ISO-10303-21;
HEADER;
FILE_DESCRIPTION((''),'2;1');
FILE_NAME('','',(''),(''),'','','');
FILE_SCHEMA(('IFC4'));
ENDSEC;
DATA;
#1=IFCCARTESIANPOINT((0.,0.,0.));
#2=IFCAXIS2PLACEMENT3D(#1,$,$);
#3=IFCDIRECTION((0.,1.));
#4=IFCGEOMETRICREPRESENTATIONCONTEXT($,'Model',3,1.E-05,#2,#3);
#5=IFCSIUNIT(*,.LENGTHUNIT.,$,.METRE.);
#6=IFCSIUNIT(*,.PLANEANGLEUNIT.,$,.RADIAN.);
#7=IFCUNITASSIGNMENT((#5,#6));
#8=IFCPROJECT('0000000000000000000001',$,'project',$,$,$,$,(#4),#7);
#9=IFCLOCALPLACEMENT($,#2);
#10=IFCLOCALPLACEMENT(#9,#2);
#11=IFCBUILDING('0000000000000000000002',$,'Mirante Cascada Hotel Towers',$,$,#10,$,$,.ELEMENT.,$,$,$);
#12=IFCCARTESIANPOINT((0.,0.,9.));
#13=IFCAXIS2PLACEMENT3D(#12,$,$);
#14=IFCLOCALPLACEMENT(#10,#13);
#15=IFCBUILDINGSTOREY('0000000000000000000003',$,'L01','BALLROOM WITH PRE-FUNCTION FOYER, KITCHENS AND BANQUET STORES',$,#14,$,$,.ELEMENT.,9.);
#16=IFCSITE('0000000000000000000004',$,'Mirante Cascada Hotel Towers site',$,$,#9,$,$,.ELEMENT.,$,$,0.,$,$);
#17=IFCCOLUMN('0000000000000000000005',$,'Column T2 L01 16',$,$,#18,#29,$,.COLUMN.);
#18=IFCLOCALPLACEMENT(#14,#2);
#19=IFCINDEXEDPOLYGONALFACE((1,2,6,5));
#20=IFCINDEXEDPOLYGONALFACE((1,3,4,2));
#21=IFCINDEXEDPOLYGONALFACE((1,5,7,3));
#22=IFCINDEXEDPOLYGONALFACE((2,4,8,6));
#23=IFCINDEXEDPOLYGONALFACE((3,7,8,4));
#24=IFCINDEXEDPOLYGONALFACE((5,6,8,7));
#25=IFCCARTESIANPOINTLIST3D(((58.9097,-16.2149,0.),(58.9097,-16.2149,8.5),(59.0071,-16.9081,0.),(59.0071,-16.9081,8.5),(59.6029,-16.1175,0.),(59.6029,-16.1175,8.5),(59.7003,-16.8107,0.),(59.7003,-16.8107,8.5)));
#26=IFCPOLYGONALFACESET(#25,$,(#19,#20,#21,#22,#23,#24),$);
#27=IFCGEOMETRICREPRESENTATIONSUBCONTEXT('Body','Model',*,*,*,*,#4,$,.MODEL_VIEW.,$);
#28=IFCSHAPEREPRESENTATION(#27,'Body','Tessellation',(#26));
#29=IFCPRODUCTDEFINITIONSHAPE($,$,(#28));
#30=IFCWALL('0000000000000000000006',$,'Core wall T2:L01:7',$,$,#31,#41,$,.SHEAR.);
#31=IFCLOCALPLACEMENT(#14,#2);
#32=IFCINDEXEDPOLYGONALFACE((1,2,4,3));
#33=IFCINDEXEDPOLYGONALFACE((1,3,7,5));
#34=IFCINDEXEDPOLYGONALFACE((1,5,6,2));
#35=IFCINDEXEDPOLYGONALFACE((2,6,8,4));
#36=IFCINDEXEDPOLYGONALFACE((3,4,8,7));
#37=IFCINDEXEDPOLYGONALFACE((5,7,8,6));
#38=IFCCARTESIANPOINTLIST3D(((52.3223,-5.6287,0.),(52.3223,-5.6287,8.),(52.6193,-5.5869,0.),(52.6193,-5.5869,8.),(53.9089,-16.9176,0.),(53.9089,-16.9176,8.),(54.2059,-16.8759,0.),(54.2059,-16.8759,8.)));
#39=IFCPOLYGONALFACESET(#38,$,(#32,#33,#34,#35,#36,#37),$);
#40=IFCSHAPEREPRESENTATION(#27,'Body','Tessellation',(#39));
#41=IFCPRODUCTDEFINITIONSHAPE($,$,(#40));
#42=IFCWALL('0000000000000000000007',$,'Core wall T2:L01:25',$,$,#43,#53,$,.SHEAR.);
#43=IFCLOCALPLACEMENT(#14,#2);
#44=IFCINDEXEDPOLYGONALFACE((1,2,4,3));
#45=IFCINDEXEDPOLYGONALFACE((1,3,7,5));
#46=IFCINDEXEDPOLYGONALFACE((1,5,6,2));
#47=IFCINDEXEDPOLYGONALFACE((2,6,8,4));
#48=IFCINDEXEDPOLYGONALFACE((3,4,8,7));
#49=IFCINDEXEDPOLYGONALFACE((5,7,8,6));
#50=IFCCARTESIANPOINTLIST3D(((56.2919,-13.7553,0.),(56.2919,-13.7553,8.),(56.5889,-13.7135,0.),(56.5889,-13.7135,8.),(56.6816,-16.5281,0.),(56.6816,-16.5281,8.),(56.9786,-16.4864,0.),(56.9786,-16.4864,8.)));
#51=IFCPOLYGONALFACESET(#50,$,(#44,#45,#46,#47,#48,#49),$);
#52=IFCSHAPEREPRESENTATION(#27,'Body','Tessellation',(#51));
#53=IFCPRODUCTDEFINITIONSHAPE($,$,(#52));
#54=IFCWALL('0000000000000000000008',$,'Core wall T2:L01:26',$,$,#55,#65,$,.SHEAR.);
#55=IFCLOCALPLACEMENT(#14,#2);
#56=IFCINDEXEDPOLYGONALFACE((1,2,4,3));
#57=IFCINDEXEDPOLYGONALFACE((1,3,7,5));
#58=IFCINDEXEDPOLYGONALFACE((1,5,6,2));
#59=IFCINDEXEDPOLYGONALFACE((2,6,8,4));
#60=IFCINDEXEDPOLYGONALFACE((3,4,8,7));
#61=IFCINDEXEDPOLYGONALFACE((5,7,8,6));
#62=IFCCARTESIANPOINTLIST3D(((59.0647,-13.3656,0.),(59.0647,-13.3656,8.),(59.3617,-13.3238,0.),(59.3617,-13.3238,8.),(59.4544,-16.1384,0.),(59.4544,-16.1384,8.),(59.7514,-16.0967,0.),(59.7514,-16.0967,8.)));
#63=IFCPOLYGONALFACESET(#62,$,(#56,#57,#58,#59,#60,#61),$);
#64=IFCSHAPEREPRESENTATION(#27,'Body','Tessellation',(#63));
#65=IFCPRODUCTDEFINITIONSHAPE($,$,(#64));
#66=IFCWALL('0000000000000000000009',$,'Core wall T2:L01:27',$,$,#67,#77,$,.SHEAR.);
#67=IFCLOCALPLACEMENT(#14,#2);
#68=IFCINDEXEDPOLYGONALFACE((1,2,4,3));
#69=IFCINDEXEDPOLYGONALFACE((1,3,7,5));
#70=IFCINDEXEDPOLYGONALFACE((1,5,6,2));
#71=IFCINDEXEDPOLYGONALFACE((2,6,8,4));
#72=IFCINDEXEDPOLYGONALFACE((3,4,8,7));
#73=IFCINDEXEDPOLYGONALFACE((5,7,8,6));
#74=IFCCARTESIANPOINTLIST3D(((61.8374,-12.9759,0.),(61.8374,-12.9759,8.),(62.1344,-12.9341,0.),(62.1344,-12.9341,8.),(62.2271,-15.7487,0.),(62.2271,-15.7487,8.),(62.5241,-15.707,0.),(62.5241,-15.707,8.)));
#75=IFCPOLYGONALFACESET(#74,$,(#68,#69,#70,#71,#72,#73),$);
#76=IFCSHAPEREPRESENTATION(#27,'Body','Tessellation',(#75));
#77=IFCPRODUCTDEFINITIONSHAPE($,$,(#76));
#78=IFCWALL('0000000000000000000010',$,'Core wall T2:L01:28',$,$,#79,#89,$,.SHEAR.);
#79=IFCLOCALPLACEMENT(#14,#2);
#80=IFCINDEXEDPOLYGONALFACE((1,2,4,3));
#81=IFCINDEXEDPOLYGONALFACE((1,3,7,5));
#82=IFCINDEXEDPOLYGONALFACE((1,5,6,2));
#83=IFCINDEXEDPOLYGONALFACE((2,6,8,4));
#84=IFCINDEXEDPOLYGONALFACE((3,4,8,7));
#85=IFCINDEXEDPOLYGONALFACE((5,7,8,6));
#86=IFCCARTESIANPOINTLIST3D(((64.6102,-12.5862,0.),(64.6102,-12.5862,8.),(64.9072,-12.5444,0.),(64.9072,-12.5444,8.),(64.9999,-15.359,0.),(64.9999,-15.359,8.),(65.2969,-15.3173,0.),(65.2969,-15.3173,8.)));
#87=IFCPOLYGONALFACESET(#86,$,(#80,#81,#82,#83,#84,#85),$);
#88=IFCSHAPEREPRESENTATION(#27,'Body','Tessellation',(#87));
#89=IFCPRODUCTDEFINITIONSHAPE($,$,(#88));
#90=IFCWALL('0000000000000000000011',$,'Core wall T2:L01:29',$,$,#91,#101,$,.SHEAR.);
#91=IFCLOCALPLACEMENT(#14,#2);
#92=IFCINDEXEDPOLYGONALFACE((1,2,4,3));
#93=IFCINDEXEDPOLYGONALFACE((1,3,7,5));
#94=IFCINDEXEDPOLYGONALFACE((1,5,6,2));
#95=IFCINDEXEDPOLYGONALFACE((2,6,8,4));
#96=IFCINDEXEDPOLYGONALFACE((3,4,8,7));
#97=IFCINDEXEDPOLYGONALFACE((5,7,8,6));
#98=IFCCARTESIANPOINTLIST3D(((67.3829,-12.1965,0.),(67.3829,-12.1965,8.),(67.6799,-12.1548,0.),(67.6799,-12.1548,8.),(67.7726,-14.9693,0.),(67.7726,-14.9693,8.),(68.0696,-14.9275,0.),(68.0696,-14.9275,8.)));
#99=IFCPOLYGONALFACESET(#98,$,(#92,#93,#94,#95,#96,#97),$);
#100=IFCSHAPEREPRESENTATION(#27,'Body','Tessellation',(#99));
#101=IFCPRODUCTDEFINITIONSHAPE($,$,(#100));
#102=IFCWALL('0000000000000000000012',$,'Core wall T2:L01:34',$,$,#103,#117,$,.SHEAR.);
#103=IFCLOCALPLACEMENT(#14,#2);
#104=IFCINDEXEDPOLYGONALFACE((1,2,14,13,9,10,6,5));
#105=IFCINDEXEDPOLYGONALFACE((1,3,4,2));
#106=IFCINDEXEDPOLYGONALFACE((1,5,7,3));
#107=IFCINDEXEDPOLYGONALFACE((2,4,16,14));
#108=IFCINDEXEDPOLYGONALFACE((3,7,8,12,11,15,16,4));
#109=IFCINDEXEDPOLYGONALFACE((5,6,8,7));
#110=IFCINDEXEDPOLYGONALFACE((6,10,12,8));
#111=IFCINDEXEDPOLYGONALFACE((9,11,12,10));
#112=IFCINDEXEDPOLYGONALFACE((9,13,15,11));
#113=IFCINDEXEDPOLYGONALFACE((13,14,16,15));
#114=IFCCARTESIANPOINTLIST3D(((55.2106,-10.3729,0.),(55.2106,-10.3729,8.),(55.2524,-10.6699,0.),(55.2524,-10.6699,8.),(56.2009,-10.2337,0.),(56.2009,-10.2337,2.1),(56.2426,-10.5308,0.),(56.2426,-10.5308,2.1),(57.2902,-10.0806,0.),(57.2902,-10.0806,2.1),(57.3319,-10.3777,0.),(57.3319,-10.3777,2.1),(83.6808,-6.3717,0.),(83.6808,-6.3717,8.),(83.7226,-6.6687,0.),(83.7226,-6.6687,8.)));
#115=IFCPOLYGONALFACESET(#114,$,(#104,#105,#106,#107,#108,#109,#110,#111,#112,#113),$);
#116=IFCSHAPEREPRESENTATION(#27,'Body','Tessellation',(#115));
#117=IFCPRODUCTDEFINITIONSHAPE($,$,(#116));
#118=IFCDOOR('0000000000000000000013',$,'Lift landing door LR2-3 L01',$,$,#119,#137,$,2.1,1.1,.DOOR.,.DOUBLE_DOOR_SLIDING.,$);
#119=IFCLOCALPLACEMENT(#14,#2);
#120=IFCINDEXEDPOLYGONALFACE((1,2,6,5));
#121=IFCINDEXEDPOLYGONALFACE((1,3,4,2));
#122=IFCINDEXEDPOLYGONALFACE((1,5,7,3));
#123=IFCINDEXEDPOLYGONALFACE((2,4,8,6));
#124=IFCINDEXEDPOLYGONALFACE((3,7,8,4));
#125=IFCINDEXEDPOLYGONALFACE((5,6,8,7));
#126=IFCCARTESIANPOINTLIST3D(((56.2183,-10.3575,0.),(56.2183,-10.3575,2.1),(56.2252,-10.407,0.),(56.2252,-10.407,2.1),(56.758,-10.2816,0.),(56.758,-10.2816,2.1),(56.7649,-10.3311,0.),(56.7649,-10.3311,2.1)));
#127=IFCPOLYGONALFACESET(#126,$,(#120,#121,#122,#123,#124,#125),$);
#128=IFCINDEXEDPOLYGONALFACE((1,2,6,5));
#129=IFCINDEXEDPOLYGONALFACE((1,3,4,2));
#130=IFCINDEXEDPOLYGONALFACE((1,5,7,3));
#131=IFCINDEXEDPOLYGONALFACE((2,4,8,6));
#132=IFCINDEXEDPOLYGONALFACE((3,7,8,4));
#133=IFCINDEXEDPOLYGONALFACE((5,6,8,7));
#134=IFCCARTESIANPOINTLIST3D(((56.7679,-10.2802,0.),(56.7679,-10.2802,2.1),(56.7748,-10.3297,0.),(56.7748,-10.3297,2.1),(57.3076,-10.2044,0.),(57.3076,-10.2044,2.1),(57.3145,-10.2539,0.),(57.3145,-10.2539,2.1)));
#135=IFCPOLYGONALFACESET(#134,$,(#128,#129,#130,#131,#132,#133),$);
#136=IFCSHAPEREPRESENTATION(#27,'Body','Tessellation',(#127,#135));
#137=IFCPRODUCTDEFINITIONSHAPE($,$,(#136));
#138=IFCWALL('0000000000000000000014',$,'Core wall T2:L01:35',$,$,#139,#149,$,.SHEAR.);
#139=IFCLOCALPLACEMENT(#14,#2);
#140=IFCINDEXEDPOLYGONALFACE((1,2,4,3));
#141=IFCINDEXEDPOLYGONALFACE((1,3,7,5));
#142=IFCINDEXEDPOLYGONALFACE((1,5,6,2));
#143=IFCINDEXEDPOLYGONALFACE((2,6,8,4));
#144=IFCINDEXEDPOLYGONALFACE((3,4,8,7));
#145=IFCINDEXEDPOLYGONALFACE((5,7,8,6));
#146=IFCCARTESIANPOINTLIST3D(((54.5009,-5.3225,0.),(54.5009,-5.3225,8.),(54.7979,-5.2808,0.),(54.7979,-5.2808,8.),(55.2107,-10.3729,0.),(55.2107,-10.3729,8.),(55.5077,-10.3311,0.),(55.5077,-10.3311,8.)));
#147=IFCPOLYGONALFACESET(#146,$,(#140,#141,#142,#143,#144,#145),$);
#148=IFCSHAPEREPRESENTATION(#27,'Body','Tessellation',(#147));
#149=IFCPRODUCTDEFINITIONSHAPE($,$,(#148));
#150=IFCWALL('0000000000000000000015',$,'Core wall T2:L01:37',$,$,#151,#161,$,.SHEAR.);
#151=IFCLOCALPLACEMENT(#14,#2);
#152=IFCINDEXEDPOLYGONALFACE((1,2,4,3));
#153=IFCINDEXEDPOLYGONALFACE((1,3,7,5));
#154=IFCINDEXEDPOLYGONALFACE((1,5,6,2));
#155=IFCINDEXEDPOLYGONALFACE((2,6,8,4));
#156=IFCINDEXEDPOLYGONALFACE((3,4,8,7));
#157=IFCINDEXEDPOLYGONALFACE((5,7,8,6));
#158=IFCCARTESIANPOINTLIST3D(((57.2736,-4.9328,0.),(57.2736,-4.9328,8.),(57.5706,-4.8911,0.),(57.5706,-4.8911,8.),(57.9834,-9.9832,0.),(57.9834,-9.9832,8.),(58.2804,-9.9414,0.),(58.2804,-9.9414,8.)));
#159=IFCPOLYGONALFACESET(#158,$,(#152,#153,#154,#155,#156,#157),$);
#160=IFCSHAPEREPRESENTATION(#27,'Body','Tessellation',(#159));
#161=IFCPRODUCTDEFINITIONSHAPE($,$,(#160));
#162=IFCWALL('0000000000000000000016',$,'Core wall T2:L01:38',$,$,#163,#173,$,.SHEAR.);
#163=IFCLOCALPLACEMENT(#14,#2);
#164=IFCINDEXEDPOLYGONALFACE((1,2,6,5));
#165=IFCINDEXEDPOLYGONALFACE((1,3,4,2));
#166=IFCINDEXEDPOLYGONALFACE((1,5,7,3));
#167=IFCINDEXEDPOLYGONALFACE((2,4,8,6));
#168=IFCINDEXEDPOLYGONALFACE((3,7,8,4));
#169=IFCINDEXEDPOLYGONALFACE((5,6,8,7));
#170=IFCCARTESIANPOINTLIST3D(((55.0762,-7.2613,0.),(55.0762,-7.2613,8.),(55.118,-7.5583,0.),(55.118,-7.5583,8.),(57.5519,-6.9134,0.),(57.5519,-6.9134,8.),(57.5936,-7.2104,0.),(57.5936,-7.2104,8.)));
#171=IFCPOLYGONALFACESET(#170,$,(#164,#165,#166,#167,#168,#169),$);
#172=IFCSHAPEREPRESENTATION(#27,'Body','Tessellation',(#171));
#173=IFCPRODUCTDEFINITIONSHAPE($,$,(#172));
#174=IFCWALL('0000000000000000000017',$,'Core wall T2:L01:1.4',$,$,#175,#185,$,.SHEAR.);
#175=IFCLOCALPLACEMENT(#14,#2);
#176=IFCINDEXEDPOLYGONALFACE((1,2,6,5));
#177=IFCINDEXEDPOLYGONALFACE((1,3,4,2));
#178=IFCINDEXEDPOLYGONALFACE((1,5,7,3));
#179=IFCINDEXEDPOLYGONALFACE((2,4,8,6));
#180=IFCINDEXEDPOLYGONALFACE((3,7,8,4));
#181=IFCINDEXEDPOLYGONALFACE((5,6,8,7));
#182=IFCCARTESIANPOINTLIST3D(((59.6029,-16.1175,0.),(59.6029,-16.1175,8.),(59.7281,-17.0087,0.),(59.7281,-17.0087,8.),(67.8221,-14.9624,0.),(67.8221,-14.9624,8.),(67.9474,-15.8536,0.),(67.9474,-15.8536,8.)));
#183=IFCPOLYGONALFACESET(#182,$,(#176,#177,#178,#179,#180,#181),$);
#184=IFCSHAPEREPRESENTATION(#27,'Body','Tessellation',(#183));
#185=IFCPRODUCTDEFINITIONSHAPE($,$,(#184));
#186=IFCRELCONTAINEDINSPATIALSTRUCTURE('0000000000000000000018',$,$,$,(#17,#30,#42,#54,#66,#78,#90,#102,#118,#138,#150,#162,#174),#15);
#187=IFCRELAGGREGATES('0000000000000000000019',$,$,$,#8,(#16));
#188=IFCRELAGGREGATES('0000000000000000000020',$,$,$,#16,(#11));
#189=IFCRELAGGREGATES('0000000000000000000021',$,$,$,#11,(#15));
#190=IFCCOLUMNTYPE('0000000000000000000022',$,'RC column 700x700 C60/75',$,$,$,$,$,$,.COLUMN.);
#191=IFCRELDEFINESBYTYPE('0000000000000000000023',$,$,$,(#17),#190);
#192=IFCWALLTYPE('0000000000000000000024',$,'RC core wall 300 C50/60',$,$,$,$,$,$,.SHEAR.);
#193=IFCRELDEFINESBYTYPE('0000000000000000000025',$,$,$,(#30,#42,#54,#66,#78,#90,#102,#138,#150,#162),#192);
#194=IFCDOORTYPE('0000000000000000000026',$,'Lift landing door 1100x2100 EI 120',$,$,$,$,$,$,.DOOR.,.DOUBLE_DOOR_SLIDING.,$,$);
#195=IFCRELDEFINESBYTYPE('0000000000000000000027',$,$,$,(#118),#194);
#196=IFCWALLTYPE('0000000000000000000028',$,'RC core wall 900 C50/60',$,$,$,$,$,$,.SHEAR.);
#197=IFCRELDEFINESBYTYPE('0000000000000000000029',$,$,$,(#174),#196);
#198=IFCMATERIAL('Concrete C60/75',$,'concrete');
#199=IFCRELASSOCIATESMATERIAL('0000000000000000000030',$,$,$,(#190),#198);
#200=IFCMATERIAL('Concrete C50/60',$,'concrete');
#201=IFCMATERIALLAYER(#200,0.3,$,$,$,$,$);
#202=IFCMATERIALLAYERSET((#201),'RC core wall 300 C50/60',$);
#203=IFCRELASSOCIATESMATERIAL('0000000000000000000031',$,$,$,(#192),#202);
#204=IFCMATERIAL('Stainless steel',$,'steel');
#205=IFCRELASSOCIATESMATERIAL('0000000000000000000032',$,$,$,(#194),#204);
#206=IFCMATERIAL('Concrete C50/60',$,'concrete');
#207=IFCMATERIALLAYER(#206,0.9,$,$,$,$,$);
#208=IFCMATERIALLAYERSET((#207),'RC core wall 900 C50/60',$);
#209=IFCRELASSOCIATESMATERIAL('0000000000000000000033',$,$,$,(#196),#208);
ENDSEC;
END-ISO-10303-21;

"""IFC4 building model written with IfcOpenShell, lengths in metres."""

from ifc_helpers import new_model, si_unit, direction, frame, frame_2d, origin, origin_2d, place, context, subcontext, project, spatial, rectangle, extrude, material, layer, layer_set, material_profile, profile_set, type_object, element, fill, save


model = new_model("IFC4")

# Units and contexts
model_context = context("Model", 3, precision=1e-05, world=origin(), true_north=direction((0.0, 1.0)))
body_context = subcontext(model_context, "Body", "Model", "MODEL_VIEW")
ifc_project = project(units=[si_unit("LENGTHUNIT", "METRE"), si_unit("PLANEANGLEUNIT", "RADIAN")], contexts=[model_context])

# Site, building, storey
site_placement = place(None, origin())
site = spatial("IfcSite", under=ifc_project, at=site_placement, Name="Mirante Cascada Hotel Towers site", CompositionType="ELEMENT", RefElevation=0.0)
building_placement = place(site_placement, origin())
building = spatial("IfcBuilding", under=site, at=building_placement, Name="Mirante Cascada Hotel Towers", CompositionType="ELEMENT")
storey_placement = place(building_placement, frame((0.0, 0.0, 9.0)))
storey = spatial("IfcBuildingStorey", under=building, at=storey_placement, Name="L01", Description="BALLROOM WITH PRE-FUNCTION FOYER, KITCHENS AND BANQUET STORES", CompositionType="ELEMENT", Elevation=9.0)

# Column
ifc_material_1 = material(Name="Concrete C60/75", Category="concrete")
ifc_material_profile = material_profile(ifc_material_1, rectangle(XDim=0.7, YDim=0.7, at=origin_2d()), Name="RC column 700x700 C60/75")
ifc_profile_set = profile_set([ifc_material_profile], Name="Concrete C60/75")
column_type = type_object("IfcColumnType", Name="RC column 700x700 C60/75", PredefinedType="COLUMN", material=ifc_profile_set)
column_placement = place(storey_placement, frame((59.305, -16.5128, 0.0), z_axis=(0.0, 0.0, 1.0), x_axis=(0.990268, 0.139173, 0.0)))
element("IfcColumn", 1, at=column_placement, inside=storey, type_object=column_type, Name="Column T2 L01 16", PredefinedType="COLUMN", context=body_context, shape_type="SweptSolid", body=[
    extrude(rectangle(XDim=0.7, YDim=0.7, at=origin_2d()), origin(), (0.0, 0.0, 1.0), 8.5),
])

# Wall
ifc_material_2 = material(Name="Concrete C50/60", Category="concrete")
ifc_layer_1 = layer(ifc_material_2, 0.3)
ifc_layer_set_1 = layer_set([ifc_layer_1], Name="RC core wall 300 C50/60")
wall_type_1 = type_object("IfcWallType", Name="RC core wall 300 C50/60", PredefinedType="SHEAR", material=ifc_layer_set_1)
wall_1_placement = place(storey_placement, frame((54.0574, -16.8968, 0.0), z_axis=(0.0, 0.0, 1.0), x_axis=(-0.139176, 0.990268, 0.0)))
element("IfcWall", 2, at=wall_1_placement, inside=storey, type_object=wall_type_1, Name="Core wall T2:L01:7", PredefinedType="SHEAR", context=body_context, shape_type="SweptSolid", body=[
    extrude(rectangle(XDim=11.3999, YDim=0.3, at=frame_2d((5.7, 0.0))), origin(), (0.0, 0.0, 1.0), 8.0),
])

# Shared definitions
ifc_material_3 = material(Name="Stainless steel", Category="steel")
door_type_1 = type_object("IfcDoorType", Name="Lift landing door 1100x2100 EI 120", OperationType="DOUBLE_DOOR_SLIDING", PredefinedType="DOOR", material=ifc_material_3)

# Walls
for number, where, z_axis, x_axis, name in (
    (3, (56.8301, -16.5072, 0.0), (0.0, 0.0, 1.0), (-0.139176, 0.990268, 0.0), "Core wall T2:L01:25"),
    (4, (59.6029, -16.1175, 0.0), (0.0, 0.0, 1.0), (-0.139176, 0.990268, 0.0), "Core wall T2:L01:26"),
    (5, (62.3756, -15.7278, 0.0), (0.0, 0.0, 1.0), (-0.139176, 0.990268, 0.0), "Core wall T2:L01:27"),
    (6, (65.1484, -15.3381, 0.0), (0.0, 0.0, 1.0), (-0.139176, 0.990268, 0.0), "Core wall T2:L01:28"),
):
    element("IfcWall", number, at=place(storey_placement, frame(where, z_axis=z_axis, x_axis=x_axis)), inside=storey, type_object=wall_type_1, Name=name, PredefinedType="SHEAR", context=body_context, shape_type="SweptSolid", body=[
        extrude(rectangle(XDim=2.8001, YDim=0.3, at=frame_2d((1.4, 0.0))), origin(), (0.0, 0.0, 1.0), 8.0),
    ])
wall_2_placement = place(storey_placement, frame((67.9211, -14.9484, 0.0), z_axis=(0.0, 0.0, 1.0), x_axis=(-0.139181, 0.990267, 0.0)))
element("IfcWall", 7, at=wall_2_placement, inside=storey, type_object=wall_type_1, Name="Core wall T2:L01:29", PredefinedType="SHEAR", context=body_context, shape_type="SweptSolid", body=[
    extrude(rectangle(XDim=2.8, YDim=0.3, at=frame_2d((1.4, 0.0))), origin(), (0.0, 0.0, 1.0), 8.0),
])

# Wall, opening, door
wall_3_placement = place(storey_placement, frame((55.2315, -10.5214, 0.0), z_axis=(0.0, 0.0, 1.0), x_axis=(0.990268, 0.139172, 0.0)))
wall_3 = element("IfcWall", 8, at=wall_3_placement, inside=storey, type_object=wall_type_1, Name="Core wall T2:L01:34", PredefinedType="SHEAR", context=body_context, shape_type="SweptSolid", body=[
    extrude(rectangle(XDim=28.75, YDim=0.3, at=frame_2d((14.375, 0.0))), origin(), (0.0, 0.0, 1.0), 8.0),
])
opening_1_placement = place(wall_3_placement, frame((1.0, 0.0, 0.0)))
opening_1 = element("IfcOpeningElement", 9, at=opening_1_placement, cuts=wall_3, PredefinedType="OPENING", context=body_context, shape_type="SweptSolid", body=[
    extrude(rectangle(XDim=1.1, YDim=2.1, at=frame_2d((0.55, 1.05))), frame((0.0, 0.15, 0.0), z_axis=(0.0, -1.0, 0.0), x_axis=(1.0, 0.0, 0.0)), (0.0, 0.0, 1.0), 0.3),
])
door_1_placement = place(opening_1_placement, origin())
door_1 = element("IfcDoor", 10, at=door_1_placement, inside=storey, type_object=door_type_1, Name="Lift landing door LR2-3 L01", OperationType="DOUBLE_DOOR_SLIDING", OverallHeight=2.1, OverallWidth=1.1, PredefinedType="DOOR", context=body_context, shape_type="SweptSolid", body=[
    extrude(rectangle(XDim=0.545, YDim=2.1, at=frame_2d((0.2725, 1.05))), frame((0.0, 0.025, 0.0), z_axis=(0.0, -1.0, 0.0), x_axis=(1.0, 0.0, 0.0)), (0.0, 0.0, 1.0), 0.05),
    extrude(rectangle(XDim=0.545, YDim=2.1, at=frame_2d((0.8275, 1.05))), frame((0.0, 0.025, 0.0), z_axis=(0.0, -1.0, 0.0), x_axis=(1.0, 0.0, 0.0)), (0.0, 0.0, 1.0), 0.05),
])
fill(opening_1, door_1)

# Walls
for number, where, z_axis, x_axis, name in (
    (11, (55.3592, -10.352, 0.0), (0.0, 0.0, 1.0), (-0.139176, 0.990268, 0.0), "Core wall T2:L01:35"),
    (12, (58.1319, -9.9623, 0.0), (0.0, 0.0, 1.0), (-0.139176, 0.990268, 0.0), "Core wall T2:L01:37"),
):
    element("IfcWall", number, at=place(storey_placement, frame(where, z_axis=z_axis, x_axis=x_axis)), inside=storey, type_object=wall_type_1, Name=name, PredefinedType="SHEAR", context=body_context, shape_type="SweptSolid", body=[
        extrude(rectangle(XDim=5.1, YDim=0.3, at=frame_2d((2.55, 0.0))), origin(), (0.0, 0.0, 1.0), 8.0),
    ])
wall_4_placement = place(storey_placement, frame((55.0971, -7.4098, 0.0), z_axis=(0.0, 0.0, 1.0), x_axis=(0.99027, 0.139159, 0.0)))
element("IfcWall", 13, at=wall_4_placement, inside=storey, type_object=wall_type_1, Name="Core wall T2:L01:38", PredefinedType="SHEAR", context=body_context, shape_type="SweptSolid", body=[
    extrude(rectangle(XDim=2.5, YDim=0.3, at=frame_2d((1.25, 0.0))), origin(), (0.0, 0.0, 1.0), 8.0),
])
ifc_material_4 = material(Name="Concrete C50/60", Category="concrete")
ifc_layer_2 = layer(ifc_material_4, 0.9)
ifc_layer_set_2 = layer_set([ifc_layer_2], Name="RC core wall 900 C50/60")
wall_type_2 = type_object("IfcWallType", Name="RC core wall 900 C50/60", PredefinedType="SHEAR", material=ifc_layer_set_2)
wall_5_placement = place(storey_placement, frame((59.6655, -16.5631, 0.0), z_axis=(0.0, 0.0, 1.0), x_axis=(0.990269, 0.139169, 0.0)))
element("IfcWall", 14, at=wall_5_placement, inside=storey, type_object=wall_type_2, Name="Core wall T2:L01:1.4", PredefinedType="SHEAR", context=body_context, shape_type="SweptSolid", body=[
    extrude(rectangle(XDim=8.3, YDim=0.9, at=frame_2d((4.15, 0.0))), origin(), (0.0, 0.0, 1.0), 8.0),
])

save(model, "model.ifc")
